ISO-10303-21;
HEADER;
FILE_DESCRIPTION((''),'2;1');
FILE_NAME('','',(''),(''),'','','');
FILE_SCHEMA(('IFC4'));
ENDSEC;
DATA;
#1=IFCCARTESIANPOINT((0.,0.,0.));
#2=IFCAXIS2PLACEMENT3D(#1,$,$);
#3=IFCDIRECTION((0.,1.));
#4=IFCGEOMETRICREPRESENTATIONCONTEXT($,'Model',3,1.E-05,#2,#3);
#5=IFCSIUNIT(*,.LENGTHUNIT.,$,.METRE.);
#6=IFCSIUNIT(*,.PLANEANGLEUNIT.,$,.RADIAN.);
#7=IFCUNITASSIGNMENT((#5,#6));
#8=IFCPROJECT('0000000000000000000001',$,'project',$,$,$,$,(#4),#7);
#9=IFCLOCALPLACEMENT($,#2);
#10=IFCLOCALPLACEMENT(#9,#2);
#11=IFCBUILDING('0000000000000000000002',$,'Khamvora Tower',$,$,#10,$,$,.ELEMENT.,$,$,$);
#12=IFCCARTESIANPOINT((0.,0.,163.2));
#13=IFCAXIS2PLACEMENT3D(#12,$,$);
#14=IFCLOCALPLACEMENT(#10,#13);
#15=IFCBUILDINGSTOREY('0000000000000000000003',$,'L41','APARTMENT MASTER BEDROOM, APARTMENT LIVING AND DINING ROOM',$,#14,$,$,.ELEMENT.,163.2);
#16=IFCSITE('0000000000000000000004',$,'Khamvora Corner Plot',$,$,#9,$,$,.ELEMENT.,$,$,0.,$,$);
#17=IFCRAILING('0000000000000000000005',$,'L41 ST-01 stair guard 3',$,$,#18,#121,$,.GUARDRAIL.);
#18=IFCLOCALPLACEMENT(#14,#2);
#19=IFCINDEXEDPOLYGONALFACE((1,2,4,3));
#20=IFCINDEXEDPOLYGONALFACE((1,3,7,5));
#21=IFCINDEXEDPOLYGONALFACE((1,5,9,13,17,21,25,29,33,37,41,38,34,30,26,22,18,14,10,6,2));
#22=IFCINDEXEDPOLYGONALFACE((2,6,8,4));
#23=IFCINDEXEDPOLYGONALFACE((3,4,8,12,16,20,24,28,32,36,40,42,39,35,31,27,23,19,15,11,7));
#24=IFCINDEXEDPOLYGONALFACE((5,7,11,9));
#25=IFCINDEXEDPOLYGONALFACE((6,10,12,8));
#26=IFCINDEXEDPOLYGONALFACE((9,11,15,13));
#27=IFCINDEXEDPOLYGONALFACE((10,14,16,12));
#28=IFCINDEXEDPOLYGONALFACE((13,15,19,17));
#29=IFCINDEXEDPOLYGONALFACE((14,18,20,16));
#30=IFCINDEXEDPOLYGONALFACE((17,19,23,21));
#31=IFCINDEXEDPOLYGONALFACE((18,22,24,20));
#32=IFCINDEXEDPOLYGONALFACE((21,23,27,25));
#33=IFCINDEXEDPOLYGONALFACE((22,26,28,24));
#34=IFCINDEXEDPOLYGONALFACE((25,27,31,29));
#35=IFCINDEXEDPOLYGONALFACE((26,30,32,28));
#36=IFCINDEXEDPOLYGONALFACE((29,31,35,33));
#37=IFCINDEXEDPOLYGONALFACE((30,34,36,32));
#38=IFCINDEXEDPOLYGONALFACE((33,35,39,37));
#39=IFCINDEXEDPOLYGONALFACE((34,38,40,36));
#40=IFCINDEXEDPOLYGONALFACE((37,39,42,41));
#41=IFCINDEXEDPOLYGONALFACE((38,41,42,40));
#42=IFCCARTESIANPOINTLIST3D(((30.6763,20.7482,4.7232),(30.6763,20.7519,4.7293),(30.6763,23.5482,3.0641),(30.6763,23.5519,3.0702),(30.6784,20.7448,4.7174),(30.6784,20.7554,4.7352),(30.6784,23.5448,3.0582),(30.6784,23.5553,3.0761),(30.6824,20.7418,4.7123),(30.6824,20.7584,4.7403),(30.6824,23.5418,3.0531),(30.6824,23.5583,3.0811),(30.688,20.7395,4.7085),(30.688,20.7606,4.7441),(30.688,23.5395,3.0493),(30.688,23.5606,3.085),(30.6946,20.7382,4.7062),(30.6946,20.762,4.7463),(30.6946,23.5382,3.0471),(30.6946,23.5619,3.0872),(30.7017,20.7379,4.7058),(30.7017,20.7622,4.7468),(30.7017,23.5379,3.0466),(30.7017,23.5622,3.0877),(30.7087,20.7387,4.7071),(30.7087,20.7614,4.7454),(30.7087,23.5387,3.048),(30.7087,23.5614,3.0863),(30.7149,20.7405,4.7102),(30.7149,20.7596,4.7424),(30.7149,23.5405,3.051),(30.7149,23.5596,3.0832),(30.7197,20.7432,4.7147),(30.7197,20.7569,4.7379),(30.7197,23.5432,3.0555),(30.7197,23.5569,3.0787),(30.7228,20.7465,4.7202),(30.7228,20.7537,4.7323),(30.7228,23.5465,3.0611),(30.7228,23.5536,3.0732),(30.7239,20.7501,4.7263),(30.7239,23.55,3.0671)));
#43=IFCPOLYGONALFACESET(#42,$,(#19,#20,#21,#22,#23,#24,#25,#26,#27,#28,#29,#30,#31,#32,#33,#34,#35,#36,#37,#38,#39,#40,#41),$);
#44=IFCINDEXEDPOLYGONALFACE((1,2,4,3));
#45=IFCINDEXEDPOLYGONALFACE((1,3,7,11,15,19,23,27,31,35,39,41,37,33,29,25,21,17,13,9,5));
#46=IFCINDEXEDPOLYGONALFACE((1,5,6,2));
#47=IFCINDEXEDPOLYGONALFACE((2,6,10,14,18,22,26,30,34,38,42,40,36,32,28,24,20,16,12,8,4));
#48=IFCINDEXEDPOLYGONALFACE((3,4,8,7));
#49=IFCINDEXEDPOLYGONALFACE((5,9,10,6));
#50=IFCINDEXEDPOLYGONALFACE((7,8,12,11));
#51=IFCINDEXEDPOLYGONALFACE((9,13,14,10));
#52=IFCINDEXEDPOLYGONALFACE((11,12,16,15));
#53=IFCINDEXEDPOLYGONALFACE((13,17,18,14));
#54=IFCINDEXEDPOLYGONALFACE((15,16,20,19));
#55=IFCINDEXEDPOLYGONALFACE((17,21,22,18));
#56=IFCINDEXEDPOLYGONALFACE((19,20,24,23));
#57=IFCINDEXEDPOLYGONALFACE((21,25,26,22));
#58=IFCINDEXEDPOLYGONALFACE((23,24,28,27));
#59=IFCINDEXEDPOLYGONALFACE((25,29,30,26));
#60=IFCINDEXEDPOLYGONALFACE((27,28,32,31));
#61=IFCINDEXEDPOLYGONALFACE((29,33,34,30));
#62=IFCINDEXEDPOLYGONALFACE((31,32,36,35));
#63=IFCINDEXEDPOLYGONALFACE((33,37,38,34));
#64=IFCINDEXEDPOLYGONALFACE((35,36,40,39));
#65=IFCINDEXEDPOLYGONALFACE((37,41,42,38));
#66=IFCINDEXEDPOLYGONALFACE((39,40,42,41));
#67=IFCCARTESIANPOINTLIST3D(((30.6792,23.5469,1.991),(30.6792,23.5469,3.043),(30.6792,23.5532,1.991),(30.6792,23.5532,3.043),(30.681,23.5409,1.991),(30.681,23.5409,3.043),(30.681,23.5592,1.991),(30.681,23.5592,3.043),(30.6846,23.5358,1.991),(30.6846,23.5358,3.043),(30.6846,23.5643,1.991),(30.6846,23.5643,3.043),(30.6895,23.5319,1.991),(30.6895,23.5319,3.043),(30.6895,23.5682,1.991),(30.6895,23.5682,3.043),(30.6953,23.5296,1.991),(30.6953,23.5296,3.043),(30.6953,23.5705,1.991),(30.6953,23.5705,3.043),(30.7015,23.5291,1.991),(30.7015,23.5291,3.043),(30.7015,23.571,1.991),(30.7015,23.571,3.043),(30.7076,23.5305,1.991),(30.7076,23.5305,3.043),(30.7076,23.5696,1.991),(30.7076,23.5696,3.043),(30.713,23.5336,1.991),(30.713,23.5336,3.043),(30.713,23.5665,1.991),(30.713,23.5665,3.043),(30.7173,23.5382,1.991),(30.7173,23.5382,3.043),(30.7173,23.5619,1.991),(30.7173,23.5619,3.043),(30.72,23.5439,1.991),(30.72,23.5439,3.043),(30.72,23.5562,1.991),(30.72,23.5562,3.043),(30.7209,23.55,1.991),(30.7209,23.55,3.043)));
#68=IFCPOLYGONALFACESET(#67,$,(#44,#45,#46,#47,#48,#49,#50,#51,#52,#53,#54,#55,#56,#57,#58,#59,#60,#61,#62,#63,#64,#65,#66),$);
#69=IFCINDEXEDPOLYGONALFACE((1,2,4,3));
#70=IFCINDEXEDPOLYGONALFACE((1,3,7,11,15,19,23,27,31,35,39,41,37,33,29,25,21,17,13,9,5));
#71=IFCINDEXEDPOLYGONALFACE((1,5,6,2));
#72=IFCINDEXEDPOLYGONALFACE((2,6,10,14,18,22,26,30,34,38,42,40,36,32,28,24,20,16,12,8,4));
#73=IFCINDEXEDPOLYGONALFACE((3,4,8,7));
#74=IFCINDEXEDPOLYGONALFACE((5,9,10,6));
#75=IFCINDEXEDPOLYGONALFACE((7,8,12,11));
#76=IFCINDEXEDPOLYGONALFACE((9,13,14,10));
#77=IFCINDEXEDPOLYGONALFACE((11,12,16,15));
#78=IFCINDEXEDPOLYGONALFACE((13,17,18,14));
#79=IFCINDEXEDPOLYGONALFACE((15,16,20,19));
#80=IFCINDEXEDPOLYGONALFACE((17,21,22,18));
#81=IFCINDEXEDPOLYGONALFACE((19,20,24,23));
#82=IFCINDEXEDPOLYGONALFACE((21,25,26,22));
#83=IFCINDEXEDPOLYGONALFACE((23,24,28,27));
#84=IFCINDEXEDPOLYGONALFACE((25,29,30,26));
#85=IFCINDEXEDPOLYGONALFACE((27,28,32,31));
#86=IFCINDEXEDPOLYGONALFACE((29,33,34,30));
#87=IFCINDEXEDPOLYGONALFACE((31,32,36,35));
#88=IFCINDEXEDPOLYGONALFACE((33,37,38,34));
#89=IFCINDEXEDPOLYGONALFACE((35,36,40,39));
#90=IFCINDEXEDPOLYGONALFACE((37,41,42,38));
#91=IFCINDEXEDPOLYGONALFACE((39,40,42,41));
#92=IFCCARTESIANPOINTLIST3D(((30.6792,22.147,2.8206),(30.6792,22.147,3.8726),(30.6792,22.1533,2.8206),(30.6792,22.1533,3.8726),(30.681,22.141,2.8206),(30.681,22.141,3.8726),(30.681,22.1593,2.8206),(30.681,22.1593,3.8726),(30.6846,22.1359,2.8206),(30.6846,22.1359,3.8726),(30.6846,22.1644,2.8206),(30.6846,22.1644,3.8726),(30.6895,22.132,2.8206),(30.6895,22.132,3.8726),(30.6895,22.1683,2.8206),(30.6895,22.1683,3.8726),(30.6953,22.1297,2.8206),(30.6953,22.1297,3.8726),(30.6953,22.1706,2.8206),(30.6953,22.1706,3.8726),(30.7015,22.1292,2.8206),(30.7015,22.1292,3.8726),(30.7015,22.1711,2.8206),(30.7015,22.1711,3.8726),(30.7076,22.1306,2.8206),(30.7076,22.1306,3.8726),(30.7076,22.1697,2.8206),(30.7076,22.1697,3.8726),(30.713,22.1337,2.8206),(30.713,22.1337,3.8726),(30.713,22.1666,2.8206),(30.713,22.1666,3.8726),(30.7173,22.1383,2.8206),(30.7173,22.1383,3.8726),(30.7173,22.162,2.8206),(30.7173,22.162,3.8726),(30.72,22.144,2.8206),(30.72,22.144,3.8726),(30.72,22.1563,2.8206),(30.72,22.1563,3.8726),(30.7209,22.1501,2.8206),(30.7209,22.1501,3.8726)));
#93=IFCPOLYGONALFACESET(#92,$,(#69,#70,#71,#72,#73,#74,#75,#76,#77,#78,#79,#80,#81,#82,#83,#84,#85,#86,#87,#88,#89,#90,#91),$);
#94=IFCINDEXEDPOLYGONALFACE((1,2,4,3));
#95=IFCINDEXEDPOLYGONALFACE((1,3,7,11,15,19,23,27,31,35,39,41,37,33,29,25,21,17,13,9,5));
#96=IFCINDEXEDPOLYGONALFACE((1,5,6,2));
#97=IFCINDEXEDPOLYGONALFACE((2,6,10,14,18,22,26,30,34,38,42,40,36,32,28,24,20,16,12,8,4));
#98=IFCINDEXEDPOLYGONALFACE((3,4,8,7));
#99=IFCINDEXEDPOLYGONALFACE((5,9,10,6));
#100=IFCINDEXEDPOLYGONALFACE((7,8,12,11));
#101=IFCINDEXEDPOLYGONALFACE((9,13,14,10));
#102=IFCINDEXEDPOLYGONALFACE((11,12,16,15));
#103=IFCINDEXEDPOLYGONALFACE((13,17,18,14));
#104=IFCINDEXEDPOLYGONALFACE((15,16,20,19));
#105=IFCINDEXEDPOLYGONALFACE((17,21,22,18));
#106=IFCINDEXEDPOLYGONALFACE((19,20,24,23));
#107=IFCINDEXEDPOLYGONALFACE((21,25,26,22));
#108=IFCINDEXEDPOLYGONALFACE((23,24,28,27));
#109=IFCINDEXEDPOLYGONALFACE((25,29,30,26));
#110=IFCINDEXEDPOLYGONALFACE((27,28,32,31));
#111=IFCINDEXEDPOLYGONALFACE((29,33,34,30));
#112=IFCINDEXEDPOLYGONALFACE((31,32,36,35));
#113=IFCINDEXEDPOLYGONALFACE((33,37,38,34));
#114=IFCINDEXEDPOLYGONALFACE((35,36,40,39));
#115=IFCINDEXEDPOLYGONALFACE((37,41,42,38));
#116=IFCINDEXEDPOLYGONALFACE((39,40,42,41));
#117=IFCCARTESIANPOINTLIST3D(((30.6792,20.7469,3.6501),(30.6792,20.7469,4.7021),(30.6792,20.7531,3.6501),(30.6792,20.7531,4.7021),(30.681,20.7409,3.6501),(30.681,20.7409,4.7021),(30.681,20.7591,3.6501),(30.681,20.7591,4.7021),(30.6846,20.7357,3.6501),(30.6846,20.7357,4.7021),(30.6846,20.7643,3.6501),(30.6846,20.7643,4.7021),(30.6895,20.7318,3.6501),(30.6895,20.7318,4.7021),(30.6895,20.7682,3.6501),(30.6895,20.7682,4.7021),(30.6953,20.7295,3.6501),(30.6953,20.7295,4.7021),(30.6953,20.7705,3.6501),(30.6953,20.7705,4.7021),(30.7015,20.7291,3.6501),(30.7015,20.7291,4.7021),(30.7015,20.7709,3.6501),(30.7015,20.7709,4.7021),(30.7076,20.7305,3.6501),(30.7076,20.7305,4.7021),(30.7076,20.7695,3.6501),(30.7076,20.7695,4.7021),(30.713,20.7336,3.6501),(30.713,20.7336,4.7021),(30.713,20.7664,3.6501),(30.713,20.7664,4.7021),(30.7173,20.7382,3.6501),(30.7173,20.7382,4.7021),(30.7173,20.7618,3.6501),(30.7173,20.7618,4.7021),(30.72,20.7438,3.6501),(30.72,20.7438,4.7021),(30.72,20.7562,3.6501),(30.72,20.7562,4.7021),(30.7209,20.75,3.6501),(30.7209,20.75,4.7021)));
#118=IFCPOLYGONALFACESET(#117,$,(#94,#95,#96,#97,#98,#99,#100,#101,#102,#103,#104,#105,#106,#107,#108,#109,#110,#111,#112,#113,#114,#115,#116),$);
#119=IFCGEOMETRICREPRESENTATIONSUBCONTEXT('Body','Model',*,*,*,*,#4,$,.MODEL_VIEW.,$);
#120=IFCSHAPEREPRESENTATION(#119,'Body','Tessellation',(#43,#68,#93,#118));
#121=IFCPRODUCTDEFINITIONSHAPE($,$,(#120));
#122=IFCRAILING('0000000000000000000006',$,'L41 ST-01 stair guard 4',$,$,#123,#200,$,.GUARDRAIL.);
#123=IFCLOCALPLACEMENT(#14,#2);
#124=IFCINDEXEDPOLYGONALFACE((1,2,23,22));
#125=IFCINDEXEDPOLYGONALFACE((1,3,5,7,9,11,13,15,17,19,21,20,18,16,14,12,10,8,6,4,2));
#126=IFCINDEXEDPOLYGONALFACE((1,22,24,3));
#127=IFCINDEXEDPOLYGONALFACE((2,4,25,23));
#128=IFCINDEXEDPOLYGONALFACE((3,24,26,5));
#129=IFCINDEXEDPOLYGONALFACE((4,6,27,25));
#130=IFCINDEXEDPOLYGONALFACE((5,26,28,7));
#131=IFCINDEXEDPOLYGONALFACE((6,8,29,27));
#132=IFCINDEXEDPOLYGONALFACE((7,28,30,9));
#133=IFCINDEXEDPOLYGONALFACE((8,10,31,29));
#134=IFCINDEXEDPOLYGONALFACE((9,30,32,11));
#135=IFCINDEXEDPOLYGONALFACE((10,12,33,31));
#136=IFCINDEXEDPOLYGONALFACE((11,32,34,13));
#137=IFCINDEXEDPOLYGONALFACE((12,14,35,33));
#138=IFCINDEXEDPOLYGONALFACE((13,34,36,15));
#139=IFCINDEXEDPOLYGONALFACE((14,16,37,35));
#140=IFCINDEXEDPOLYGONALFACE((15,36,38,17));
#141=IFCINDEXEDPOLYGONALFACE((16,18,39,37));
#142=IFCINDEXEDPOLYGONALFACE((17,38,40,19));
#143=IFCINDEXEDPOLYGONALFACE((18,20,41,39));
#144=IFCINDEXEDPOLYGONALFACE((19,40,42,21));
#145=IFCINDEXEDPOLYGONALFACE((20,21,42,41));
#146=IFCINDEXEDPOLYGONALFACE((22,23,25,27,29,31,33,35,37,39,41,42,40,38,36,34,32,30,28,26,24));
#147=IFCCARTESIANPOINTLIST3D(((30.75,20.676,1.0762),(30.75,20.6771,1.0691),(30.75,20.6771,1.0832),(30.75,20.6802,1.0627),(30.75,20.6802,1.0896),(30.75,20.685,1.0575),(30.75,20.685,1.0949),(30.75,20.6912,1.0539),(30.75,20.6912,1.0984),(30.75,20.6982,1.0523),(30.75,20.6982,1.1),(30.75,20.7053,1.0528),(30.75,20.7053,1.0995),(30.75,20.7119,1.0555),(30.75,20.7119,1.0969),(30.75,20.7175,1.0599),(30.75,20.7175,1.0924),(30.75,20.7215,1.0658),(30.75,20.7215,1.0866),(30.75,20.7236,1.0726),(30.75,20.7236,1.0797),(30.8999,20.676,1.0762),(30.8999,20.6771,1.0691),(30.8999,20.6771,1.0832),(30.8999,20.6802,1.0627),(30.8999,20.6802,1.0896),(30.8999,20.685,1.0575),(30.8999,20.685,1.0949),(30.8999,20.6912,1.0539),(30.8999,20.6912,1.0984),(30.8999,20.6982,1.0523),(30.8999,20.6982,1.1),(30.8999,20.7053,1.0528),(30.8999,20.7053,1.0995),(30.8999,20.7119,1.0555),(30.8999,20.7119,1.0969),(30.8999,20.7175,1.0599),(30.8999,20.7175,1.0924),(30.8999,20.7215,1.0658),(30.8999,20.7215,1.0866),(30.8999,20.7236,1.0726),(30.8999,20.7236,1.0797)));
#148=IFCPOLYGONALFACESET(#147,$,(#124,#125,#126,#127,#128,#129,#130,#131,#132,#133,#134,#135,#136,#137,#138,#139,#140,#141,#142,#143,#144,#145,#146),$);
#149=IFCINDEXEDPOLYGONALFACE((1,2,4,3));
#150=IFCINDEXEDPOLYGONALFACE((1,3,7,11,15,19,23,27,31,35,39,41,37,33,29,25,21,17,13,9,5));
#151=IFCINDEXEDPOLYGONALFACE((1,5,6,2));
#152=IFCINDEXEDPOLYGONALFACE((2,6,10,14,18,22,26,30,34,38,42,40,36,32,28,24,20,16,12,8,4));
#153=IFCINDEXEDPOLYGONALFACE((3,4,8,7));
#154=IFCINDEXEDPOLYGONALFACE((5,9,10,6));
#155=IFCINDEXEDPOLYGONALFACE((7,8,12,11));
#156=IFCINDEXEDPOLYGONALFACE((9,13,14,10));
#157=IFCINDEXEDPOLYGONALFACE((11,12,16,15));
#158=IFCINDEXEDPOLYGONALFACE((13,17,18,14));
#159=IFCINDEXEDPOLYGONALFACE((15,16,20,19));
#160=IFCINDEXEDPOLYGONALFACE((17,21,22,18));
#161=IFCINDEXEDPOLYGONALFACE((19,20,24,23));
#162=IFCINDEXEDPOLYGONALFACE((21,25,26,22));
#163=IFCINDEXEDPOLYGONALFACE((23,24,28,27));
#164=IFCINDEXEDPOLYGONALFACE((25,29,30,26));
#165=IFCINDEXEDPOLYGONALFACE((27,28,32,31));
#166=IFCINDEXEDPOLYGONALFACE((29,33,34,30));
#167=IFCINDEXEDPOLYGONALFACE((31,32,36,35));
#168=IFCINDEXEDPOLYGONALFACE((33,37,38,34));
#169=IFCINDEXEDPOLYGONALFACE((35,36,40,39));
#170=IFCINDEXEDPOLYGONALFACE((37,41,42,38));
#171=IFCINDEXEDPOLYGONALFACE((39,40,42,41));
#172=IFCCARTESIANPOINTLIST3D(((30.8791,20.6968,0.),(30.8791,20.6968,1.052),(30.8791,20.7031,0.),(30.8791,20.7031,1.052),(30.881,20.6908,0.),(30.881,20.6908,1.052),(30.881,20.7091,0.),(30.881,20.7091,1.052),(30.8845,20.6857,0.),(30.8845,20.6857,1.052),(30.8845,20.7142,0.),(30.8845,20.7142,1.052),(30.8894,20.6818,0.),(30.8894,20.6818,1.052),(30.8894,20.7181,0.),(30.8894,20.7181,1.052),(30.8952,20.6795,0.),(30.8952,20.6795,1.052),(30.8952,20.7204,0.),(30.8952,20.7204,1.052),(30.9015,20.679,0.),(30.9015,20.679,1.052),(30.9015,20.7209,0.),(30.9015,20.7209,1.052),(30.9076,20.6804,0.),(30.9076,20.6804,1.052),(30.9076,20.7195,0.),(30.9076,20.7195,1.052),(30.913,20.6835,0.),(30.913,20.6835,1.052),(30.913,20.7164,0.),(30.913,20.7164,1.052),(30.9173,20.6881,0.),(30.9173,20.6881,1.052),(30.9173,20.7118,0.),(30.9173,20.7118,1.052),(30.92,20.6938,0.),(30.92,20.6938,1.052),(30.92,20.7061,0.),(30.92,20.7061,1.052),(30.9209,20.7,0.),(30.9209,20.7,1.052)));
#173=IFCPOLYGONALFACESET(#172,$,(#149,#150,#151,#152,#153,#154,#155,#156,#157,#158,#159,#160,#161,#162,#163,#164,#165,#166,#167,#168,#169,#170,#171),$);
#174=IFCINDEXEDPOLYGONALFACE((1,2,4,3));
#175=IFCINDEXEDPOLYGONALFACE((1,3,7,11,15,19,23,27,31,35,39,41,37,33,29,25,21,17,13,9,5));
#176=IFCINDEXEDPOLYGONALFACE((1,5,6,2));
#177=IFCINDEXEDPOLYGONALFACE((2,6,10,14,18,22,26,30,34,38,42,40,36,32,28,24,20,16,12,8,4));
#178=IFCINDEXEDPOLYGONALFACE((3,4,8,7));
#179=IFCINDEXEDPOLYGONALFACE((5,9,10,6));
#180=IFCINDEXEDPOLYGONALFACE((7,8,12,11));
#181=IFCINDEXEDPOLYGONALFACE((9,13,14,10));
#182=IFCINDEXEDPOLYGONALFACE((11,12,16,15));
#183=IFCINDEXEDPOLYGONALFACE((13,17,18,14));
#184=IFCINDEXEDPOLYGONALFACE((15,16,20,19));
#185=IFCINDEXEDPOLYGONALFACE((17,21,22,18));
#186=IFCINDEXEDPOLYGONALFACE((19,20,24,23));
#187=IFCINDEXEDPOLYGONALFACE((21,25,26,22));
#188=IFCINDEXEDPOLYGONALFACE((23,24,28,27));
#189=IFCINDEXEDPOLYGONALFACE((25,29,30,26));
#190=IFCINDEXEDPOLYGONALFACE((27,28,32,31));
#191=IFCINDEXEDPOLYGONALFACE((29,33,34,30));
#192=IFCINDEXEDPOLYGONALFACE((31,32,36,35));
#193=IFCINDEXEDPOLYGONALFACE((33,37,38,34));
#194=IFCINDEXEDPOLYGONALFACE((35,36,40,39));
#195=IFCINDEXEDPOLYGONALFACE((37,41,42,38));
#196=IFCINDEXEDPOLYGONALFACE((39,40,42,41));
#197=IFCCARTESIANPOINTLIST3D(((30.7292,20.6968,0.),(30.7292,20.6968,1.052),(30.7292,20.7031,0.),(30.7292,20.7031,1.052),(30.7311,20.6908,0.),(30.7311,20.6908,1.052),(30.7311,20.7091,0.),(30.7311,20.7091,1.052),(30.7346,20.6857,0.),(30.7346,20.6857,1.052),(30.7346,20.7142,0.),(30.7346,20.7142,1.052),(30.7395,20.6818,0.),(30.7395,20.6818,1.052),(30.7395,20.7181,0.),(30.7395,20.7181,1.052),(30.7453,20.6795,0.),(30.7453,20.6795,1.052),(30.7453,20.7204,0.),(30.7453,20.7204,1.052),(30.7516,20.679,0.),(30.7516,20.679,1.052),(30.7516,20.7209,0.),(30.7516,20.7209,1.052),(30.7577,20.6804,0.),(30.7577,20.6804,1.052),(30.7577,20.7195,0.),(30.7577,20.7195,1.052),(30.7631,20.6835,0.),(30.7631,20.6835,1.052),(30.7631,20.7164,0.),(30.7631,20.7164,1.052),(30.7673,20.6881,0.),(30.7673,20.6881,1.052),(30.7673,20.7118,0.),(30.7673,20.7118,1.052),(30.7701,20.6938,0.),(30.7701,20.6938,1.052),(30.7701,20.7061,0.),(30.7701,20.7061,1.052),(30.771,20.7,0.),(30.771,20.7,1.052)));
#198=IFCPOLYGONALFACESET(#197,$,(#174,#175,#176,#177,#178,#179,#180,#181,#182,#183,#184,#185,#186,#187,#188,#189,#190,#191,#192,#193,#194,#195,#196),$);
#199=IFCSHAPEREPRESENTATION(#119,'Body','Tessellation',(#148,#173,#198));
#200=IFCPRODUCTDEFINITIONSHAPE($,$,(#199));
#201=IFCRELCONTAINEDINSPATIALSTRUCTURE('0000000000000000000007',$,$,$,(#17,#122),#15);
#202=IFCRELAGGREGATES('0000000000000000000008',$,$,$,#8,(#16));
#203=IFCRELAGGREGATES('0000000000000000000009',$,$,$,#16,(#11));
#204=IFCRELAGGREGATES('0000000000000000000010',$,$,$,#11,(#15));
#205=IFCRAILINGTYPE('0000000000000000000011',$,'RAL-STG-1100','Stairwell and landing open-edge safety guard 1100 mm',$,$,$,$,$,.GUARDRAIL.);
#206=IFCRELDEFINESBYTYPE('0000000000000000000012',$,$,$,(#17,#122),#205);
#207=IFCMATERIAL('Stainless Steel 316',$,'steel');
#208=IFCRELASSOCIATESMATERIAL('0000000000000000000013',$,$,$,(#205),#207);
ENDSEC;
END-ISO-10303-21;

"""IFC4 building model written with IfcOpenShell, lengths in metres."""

from ifc_helpers import new_model, si_unit, direction, frame, origin, origin_2d, place, context, subcontext, project, spatial, circle, extrude, material, type_object, element, save


model = new_model("IFC4")

# Units and contexts
model_context = context("Model", 3, precision=1e-05, world=origin(), true_north=direction((0.0, 1.0)))
body_context = subcontext(model_context, "Body", "Model", "MODEL_VIEW")
ifc_project = project(units=[si_unit("LENGTHUNIT", "METRE"), si_unit("PLANEANGLEUNIT", "RADIAN")], contexts=[model_context])

# Site, building, storey
site_placement = place(None, origin())
site = spatial("IfcSite", under=ifc_project, at=site_placement, Name="Khamvora Corner Plot", CompositionType="ELEMENT", RefElevation=0.0)
building_placement = place(site_placement, origin())
building = spatial("IfcBuilding", under=site, at=building_placement, Name="Khamvora Tower", CompositionType="ELEMENT")
storey_placement = place(building_placement, frame((0.0, 0.0, 163.2)))
storey = spatial("IfcBuildingStorey", under=building, at=storey_placement, Name="L41", Description="APARTMENT MASTER BEDROOM, APARTMENT LIVING AND DINING ROOM", CompositionType="ELEMENT", Elevation=163.2)

# Railings
ifc_material_1 = material(Name="Stainless Steel 316", Category="steel")
railing_type_1 = type_object("IfcRailingType", Name="RAL-STG-1100", Description="Stairwell and landing open-edge safety guard 1100 mm", PredefinedType="GUARDRAIL", material=ifc_material_1)
railing_1_placement = place(storey_placement, frame((30.7, 23.55, 1.991)))
element("IfcRailing", 1, at=railing_1_placement, inside=storey, type_object=railing_type_1, Name="L41 ST-01 stair guard 3", PredefinedType="GUARDRAIL", context=body_context, shape_type="SweptSolid", body=[
    extrude(circle(Radius=0.0239, at=origin_2d()), frame((0.0, 0.0, 1.0762), z_axis=(0.0, -0.860306, 0.509778), x_axis=(1.0, 0.0, 0.0)), (0.0, 0.0, 1.0), 3.2546),
    extrude(circle(Radius=0.021, at=origin_2d()), origin(), (0.0, 0.0, 1.0), 1.052),
    extrude(circle(Radius=0.021, at=origin_2d()), frame((0.0, -1.3999, 0.8296)), (0.0, 0.0, 1.0), 1.052),
    extrude(circle(Radius=0.021, at=origin_2d()), frame((0.0, -2.8, 1.6592)), (0.0, 0.0, 1.0), 1.052),
])
railing_2_placement = place(storey_placement, frame((30.8999, 20.7, 0.0)))
element("IfcRailing", 2, at=railing_2_placement, inside=storey, type_object=railing_type_1, Name="L41 ST-01 stair guard 4", PredefinedType="GUARDRAIL", context=body_context, shape_type="SweptSolid", body=[
    extrude(circle(Radius=0.0239, at=origin_2d()), frame((0.0, 0.0, 1.0762), z_axis=(-1.0, 0.0, 0.0), x_axis=(0.0, -1.0, 0.0)), (0.0, 0.0, 1.0), 0.1499),
    extrude(circle(Radius=0.021, at=origin_2d()), origin(), (0.0, 0.0, 1.0), 1.052),
    extrude(circle(Radius=0.021, at=origin_2d()), frame((-0.1499, 0.0, 0.0)), (0.0, 0.0, 1.0), 1.052),
])

save(model, "model.ifc")
